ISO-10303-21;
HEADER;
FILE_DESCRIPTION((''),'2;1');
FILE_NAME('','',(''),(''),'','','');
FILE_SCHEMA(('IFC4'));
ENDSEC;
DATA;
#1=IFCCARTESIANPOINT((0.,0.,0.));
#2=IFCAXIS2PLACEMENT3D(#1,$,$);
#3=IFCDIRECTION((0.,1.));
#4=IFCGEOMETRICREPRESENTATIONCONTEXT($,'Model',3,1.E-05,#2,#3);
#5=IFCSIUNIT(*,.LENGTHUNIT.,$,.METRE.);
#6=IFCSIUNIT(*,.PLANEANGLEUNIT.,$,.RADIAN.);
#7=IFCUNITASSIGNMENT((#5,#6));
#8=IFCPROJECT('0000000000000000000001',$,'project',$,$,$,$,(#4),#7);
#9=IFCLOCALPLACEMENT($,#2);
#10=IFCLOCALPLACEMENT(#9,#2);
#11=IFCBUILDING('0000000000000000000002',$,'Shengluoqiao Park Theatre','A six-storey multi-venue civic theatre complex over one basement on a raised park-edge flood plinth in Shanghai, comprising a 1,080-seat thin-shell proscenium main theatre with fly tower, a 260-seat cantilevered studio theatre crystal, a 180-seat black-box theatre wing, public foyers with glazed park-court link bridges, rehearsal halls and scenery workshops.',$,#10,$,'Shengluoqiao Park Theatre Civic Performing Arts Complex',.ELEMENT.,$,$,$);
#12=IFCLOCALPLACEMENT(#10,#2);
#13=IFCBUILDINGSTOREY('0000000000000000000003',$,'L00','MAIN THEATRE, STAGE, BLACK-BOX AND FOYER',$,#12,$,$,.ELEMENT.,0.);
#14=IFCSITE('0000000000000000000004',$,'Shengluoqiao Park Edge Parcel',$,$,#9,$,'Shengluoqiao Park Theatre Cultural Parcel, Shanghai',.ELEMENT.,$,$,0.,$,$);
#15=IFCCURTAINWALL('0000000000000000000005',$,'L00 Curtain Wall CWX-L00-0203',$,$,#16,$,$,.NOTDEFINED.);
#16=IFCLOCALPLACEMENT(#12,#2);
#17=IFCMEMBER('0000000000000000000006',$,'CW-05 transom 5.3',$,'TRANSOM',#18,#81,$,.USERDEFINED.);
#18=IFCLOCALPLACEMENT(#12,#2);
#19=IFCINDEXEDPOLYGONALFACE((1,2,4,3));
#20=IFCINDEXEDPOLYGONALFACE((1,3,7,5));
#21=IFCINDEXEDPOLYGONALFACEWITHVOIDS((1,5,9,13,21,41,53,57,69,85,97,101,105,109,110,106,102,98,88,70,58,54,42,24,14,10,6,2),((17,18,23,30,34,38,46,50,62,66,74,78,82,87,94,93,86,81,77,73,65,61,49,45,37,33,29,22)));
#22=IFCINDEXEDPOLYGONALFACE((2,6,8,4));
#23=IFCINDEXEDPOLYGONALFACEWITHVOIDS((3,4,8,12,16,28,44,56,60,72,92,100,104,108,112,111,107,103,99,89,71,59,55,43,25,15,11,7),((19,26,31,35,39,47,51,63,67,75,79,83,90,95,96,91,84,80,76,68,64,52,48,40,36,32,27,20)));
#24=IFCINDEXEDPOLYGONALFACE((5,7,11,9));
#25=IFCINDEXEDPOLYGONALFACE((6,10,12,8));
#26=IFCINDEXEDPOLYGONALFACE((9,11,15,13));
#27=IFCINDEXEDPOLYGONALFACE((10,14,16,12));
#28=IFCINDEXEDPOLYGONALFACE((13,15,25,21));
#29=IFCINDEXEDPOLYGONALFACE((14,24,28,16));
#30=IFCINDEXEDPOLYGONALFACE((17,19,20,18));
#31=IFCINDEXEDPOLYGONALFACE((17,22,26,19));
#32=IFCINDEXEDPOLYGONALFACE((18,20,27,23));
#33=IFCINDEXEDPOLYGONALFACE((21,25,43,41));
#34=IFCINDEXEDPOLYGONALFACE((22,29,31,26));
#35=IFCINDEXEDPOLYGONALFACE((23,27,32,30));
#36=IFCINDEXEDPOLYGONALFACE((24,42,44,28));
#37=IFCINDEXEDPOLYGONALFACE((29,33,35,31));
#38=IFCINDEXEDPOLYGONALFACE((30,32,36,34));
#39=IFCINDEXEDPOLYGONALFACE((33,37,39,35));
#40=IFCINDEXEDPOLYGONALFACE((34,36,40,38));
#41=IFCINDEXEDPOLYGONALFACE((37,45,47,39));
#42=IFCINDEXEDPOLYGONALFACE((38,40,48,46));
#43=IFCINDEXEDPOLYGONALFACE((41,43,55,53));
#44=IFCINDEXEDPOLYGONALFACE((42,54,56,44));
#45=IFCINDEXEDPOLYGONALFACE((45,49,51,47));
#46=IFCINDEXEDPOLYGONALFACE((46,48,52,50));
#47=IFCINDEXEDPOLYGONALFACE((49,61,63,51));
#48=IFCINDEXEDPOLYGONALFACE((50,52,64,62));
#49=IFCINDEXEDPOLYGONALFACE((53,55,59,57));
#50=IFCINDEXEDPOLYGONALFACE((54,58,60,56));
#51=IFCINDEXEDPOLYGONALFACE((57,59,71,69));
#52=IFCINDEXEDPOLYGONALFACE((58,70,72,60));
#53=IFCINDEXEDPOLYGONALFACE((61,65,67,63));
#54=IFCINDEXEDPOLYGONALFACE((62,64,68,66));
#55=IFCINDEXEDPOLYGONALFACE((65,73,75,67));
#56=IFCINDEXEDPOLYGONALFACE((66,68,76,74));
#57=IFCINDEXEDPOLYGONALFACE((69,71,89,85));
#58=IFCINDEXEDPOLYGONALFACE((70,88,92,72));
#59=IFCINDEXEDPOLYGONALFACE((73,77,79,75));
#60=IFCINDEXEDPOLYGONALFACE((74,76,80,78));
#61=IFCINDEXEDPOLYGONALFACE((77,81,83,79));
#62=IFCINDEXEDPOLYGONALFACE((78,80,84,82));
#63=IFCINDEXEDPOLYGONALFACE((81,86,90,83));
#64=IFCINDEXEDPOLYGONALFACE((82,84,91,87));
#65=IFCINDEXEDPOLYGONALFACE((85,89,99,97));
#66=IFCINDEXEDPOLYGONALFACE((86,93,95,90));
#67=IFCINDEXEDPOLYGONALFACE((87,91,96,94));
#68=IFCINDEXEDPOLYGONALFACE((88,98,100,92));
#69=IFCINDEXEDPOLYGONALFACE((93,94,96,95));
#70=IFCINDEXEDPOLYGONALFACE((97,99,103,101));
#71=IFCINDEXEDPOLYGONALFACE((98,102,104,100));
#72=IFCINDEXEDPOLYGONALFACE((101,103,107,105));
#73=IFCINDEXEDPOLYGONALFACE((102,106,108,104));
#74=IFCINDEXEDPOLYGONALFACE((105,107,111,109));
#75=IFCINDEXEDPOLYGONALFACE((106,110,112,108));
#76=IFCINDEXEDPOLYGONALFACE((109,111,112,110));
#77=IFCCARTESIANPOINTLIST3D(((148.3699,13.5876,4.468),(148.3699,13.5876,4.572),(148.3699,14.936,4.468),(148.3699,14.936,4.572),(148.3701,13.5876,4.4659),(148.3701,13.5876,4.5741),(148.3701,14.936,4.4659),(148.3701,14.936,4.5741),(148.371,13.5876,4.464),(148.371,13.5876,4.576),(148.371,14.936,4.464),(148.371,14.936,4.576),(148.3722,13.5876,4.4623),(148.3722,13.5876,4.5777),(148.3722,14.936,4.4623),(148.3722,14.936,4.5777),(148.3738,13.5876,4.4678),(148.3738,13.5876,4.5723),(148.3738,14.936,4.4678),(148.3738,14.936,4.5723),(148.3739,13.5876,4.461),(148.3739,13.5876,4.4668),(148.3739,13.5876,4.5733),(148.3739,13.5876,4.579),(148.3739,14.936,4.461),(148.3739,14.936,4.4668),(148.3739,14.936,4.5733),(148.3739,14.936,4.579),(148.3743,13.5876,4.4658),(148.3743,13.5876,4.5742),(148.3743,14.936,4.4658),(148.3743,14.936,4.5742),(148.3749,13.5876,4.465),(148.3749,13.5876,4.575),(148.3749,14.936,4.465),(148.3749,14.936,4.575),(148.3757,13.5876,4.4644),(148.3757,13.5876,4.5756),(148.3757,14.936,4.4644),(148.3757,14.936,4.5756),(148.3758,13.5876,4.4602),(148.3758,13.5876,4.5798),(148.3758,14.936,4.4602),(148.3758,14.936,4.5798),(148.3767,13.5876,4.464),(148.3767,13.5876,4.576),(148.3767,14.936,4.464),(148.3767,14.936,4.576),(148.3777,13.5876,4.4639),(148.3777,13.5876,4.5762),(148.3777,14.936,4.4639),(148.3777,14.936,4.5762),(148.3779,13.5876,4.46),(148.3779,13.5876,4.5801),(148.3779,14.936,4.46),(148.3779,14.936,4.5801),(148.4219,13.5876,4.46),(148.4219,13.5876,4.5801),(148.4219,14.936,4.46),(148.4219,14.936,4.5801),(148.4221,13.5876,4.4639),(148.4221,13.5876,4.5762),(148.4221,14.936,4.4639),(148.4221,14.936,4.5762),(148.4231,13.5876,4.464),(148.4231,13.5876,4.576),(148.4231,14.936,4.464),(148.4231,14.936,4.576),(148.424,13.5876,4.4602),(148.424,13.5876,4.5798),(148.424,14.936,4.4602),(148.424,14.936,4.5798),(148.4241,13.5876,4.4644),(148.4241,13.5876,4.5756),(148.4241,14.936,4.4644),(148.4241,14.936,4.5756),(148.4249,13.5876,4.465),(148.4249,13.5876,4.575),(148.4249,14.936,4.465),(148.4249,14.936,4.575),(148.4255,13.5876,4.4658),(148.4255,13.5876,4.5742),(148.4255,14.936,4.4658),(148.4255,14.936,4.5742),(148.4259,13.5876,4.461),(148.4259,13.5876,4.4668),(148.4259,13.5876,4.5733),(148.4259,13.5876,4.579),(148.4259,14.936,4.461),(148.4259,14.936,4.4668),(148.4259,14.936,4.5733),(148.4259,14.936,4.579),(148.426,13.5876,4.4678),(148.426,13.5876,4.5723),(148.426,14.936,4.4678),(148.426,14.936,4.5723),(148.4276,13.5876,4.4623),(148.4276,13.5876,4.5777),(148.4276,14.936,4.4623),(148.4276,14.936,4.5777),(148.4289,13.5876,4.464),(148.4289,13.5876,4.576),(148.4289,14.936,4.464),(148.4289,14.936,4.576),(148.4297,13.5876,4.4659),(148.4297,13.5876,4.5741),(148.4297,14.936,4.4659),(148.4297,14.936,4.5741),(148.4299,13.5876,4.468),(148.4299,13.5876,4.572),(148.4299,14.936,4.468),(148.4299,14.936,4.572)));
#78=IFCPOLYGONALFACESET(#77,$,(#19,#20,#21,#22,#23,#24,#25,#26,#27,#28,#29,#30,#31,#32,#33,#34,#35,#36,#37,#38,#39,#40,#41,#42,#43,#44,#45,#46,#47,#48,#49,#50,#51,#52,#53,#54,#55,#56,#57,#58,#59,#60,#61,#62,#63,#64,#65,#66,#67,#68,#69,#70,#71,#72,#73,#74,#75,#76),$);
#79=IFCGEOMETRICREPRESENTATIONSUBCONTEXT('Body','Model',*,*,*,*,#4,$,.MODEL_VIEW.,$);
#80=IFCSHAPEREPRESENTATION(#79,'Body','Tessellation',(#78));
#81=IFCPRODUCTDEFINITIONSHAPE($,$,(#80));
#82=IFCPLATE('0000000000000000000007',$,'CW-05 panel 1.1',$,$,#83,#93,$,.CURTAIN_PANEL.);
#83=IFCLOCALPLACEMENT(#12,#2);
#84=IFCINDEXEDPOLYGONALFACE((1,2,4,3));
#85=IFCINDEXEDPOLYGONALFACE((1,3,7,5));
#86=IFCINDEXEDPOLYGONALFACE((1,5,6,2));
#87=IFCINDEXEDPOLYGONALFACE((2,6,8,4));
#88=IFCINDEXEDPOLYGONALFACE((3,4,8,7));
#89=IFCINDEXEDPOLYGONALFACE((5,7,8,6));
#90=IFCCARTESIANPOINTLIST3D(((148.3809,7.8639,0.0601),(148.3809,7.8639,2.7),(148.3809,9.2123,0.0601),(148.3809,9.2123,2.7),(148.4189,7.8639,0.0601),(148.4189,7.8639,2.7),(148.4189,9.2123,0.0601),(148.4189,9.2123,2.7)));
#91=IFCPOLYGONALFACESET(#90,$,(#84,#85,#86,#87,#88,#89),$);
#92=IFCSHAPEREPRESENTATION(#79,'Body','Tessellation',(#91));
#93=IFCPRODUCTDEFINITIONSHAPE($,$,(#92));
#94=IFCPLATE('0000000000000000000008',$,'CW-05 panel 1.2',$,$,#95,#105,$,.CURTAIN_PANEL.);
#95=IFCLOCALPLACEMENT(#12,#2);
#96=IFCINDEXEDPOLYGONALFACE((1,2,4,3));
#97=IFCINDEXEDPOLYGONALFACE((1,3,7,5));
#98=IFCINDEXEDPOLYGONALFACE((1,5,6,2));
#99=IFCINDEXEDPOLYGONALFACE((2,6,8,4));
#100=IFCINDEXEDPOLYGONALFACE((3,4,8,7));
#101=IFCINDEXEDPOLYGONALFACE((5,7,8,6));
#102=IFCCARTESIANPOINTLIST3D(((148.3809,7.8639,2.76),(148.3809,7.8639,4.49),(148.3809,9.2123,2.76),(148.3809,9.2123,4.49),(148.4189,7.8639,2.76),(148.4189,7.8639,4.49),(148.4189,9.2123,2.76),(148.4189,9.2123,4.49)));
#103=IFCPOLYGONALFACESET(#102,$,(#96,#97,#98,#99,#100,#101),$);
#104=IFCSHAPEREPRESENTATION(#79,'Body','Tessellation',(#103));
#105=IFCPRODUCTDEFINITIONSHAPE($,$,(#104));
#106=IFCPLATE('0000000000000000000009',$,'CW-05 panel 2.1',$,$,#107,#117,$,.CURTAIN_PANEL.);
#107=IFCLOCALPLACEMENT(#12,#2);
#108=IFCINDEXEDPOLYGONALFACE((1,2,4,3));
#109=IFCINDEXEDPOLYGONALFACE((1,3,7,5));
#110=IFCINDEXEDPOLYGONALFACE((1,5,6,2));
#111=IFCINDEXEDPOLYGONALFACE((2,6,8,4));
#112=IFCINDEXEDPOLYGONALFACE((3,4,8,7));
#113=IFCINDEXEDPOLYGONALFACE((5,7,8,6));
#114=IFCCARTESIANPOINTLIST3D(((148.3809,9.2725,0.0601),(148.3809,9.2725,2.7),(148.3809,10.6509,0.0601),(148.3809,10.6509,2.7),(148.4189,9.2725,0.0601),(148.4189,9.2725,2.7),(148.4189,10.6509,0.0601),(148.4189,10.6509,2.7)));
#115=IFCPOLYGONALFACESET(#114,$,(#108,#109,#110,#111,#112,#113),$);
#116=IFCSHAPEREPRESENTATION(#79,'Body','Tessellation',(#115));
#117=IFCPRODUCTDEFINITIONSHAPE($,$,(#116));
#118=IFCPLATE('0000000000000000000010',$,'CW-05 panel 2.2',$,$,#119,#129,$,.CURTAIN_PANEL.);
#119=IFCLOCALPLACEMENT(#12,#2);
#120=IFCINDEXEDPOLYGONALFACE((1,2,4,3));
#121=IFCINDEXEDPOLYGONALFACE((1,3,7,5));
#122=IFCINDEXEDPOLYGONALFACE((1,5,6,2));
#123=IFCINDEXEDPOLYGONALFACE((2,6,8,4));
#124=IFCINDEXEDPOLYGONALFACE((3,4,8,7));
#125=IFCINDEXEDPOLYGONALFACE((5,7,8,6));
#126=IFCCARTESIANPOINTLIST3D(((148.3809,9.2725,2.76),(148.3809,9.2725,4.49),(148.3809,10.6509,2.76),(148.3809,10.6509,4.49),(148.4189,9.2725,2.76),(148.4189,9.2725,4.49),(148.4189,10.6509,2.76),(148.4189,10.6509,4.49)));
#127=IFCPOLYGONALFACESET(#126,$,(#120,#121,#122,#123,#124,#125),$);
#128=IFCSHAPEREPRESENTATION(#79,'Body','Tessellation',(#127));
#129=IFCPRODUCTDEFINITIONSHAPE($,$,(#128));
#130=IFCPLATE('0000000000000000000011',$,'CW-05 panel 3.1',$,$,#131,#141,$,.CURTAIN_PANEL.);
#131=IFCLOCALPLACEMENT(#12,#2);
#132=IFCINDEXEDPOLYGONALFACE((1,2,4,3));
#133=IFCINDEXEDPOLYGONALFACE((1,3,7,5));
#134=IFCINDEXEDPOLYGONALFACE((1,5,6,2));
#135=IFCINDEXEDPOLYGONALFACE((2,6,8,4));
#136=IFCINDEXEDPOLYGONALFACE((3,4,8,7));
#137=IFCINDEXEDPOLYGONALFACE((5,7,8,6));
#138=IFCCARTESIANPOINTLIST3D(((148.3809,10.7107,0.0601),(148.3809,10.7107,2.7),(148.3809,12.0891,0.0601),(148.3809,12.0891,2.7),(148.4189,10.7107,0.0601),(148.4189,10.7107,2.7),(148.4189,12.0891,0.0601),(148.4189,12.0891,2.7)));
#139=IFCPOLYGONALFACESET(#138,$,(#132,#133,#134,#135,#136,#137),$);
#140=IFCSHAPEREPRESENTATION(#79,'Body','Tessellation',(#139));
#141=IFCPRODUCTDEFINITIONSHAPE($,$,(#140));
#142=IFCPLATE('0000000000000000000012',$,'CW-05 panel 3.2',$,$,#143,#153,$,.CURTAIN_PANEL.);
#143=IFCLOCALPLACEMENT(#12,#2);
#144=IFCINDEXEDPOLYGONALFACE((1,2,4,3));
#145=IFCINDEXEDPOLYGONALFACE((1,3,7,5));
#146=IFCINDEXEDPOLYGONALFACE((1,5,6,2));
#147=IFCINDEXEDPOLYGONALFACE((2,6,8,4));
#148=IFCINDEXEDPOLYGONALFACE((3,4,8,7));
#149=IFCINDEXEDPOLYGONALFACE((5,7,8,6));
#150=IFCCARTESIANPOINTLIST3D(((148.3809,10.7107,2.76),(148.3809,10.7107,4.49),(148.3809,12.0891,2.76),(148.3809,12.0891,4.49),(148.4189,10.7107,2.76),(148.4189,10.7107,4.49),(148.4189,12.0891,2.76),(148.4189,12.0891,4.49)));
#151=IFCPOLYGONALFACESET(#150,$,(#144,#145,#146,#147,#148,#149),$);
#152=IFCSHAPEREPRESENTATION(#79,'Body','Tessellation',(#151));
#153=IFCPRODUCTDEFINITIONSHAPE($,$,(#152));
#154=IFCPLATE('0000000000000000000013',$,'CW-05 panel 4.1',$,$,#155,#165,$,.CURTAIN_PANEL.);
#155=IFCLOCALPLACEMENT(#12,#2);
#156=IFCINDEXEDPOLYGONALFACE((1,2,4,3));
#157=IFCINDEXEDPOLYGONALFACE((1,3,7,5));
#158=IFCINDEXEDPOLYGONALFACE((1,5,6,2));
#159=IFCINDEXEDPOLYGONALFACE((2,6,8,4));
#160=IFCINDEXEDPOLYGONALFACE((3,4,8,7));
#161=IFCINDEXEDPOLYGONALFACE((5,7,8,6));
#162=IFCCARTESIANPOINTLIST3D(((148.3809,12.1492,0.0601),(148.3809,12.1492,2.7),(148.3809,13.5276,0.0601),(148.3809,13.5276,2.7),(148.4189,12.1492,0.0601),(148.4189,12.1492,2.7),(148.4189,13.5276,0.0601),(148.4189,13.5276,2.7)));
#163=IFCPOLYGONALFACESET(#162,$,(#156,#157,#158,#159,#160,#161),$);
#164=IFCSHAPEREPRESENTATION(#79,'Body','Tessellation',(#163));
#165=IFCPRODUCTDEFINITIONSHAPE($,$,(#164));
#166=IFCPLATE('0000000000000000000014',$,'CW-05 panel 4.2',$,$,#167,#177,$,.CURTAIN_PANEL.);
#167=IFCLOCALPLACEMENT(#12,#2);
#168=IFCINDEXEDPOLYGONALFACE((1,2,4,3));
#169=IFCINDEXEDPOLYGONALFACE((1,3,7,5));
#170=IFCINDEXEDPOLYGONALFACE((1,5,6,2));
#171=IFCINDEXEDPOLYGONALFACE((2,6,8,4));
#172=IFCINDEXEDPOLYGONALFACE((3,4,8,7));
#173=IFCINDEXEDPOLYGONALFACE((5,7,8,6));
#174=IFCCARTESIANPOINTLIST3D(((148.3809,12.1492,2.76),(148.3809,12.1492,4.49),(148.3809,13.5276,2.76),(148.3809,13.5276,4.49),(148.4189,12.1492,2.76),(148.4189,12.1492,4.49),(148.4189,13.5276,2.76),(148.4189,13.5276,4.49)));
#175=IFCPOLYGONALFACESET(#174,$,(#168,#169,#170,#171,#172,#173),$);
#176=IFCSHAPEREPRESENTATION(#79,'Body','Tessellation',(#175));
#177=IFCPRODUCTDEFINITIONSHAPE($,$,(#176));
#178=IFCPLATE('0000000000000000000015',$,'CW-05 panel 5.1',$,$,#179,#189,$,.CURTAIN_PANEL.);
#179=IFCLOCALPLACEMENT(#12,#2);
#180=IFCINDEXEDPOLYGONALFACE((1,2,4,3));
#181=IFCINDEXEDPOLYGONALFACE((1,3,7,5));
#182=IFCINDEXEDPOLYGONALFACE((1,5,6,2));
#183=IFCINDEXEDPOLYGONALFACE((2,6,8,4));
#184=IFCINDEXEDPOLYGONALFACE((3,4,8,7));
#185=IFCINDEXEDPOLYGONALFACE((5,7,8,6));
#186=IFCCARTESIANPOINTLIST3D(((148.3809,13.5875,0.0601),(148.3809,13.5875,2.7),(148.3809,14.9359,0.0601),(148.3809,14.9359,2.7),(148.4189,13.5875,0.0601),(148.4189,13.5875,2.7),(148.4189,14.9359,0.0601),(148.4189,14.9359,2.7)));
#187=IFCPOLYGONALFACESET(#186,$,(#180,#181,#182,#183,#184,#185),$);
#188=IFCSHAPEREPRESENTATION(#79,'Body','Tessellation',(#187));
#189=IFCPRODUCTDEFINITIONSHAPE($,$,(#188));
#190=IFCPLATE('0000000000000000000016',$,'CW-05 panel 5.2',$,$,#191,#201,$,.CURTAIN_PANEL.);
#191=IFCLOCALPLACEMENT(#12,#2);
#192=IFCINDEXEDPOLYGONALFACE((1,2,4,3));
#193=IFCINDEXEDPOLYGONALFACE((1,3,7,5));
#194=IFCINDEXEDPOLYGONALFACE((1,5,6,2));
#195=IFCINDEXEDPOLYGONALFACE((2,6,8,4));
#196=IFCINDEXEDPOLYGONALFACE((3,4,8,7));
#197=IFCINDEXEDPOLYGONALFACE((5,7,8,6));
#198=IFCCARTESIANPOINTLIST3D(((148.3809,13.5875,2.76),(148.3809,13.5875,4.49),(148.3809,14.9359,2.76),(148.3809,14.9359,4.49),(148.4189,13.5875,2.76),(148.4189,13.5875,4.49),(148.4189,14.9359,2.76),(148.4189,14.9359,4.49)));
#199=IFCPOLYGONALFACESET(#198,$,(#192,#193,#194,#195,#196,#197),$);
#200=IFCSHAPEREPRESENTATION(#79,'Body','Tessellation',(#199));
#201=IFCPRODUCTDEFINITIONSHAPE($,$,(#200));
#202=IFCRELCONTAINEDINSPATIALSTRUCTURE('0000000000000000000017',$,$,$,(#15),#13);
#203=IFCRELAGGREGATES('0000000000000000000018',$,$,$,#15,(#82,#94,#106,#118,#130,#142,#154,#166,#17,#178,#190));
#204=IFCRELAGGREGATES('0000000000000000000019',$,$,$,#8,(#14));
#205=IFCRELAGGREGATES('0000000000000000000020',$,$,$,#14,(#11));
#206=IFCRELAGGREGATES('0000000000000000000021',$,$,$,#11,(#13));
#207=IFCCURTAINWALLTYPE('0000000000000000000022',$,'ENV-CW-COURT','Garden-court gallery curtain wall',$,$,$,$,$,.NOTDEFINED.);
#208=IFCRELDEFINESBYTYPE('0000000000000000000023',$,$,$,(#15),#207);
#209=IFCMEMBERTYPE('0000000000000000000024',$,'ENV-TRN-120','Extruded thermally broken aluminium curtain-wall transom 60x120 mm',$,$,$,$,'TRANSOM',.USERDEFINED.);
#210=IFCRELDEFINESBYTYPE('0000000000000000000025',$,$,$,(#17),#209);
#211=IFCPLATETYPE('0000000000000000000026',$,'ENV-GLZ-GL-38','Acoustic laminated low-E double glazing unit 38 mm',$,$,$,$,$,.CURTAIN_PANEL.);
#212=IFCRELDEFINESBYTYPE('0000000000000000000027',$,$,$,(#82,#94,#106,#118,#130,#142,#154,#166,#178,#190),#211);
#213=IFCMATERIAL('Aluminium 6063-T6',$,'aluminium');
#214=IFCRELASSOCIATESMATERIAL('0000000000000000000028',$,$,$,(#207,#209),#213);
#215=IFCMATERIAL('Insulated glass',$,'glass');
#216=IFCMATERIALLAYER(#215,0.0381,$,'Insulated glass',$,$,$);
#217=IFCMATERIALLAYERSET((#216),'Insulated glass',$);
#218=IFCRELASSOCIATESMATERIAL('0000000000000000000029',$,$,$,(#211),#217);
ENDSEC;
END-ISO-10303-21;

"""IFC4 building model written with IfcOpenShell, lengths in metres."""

from ifc_helpers import new_model, si_unit, direction, frame, origin, origin_2d, place, context, subcontext, project, spatial, rectangle, hollow_rectangle, extrude, material, layer, layer_set, material_profile, profile_set, type_object, element, aggregate, save


model = new_model("IFC4")

# Units and contexts
model_context = context("Model", 3, precision=1e-05, world=origin(), true_north=direction((0.0, 1.0)))
body_context = subcontext(model_context, "Body", "Model", "MODEL_VIEW")
ifc_project = project(units=[si_unit("LENGTHUNIT", "METRE"), si_unit("PLANEANGLEUNIT", "RADIAN")], contexts=[model_context])

# Site, building, storey
site_placement = place(None, origin())
site = spatial("IfcSite", under=ifc_project, at=site_placement, Name="Shengluoqiao Park Edge Parcel", LongName="Shengluoqiao Park Theatre Cultural Parcel, Shanghai", CompositionType="ELEMENT", RefElevation=0.0)
building_placement = place(site_placement, origin())
building = spatial("IfcBuilding", under=site, at=building_placement, Name="Shengluoqiao Park Theatre", Description="A six-storey multi-venue civic theatre complex over one basement on a raised park-edge flood plinth in Shanghai, comprising a 1,080-seat thin-shell proscenium main theatre with fly tower, a 260-seat cantilevered studio theatre crystal, a 180-seat black-box theatre wing, public foyers with glazed park-court link bridges, rehearsal halls and scenery workshops.", LongName="Shengluoqiao Park Theatre Civic Performing Arts Complex", CompositionType="ELEMENT")
storey_placement = place(building_placement, origin())
storey = spatial("IfcBuildingStorey", under=building, at=storey_placement, Name="L00", Description="MAIN THEATRE, STAGE, BLACK-BOX AND FOYER", CompositionType="ELEMENT", Elevation=0.0)

# Curtain wall, member, plates
ifc_material_1 = material(Name="Aluminium 6063-T6", Category="aluminium")
curtain_wall_type = type_object("IfcCurtainWallType", Name="ENV-CW-COURT", Description="Garden-court gallery curtain wall", PredefinedType="NOTDEFINED", material=ifc_material_1)
curtain_wall_placement = place(storey_placement, origin())
curtain_wall = element("IfcCurtainWall", 1, at=curtain_wall_placement, inside=storey, type_object=curtain_wall_type, Name="L00 Curtain Wall CWX-L00-0203", PredefinedType="NOTDEFINED")
ifc_material_profile_1 = material_profile(ifc_material_1, hollow_rectangle(XDim=0.0601, YDim=0.1201, WallThickness=0.0039, InnerFilletRadius=0.0039, OuterFilletRadius=0.0081, at=origin_2d()), Name="ALU TRANSOM 120x60x4")
ifc_profile_set_1 = profile_set([ifc_material_profile_1], Name="Aluminium 6063-T6")
member_type_1 = type_object("IfcMemberType", Name="ENV-TRN-120", Description="Extruded thermally broken aluminium curtain-wall transom 60x120 mm", ElementType="TRANSOM", PredefinedType="USERDEFINED", material=ifc_profile_set_1)
member_1_placement = place(storey_placement, frame((148.3999, 13.5876, 4.52), z_axis=(0.0, 1.0, 0.0), x_axis=(-1.0, 0.0, 0.0)))
member_1 = element("IfcMember", 2, at=member_1_placement, type_object=member_type_1, Name="CW-05 transom 5.3", ObjectType="TRANSOM", PredefinedType="USERDEFINED", context=body_context, shape_type="SweptSolid", body=[
    extrude(hollow_rectangle(XDim=0.0601, YDim=0.1201, WallThickness=0.0039, InnerFilletRadius=0.0039, OuterFilletRadius=0.0081, at=origin_2d()), origin(), (0.0, 0.0, 1.0), 1.3484),
])
ifc_material_2 = material(Name="Insulated glass", Category="glass")
ifc_layer_1 = layer(ifc_material_2, 0.0381, Name="Insulated glass")
ifc_layer_set_1 = layer_set([ifc_layer_1], Name="Insulated glass")
plate_type = type_object("IfcPlateType", Name="ENV-GLZ-GL-38", Description="Acoustic laminated low-E double glazing unit 38 mm", PredefinedType="CURTAIN_PANEL", material=ifc_layer_set_1)
plate_1_placement = place(storey_placement, frame((148.3999, 8.5381, 0.0601), z_axis=(0.0, 0.0, 1.0), x_axis=(0.0, 1.0, 0.0)))
plate_1 = element("IfcPlate", 3, at=plate_1_placement, type_object=plate_type, Name="CW-05 panel 1.1", PredefinedType="CURTAIN_PANEL", context=body_context, shape_type="SweptSolid", body=[
    extrude(rectangle(XDim=1.3484, YDim=0.0381, at=origin_2d()), origin(), (0.0, 0.0, 1.0), 2.6399),
])
plate_2_placement = place(storey_placement, frame((148.3999, 8.5381, 2.76), z_axis=(0.0, 0.0, 1.0), x_axis=(0.0, 1.0, 0.0)))
plate_2 = element("IfcPlate", 4, at=plate_2_placement, type_object=plate_type, Name="CW-05 panel 1.2", PredefinedType="CURTAIN_PANEL", context=body_context, shape_type="SweptSolid", body=[
    extrude(rectangle(XDim=1.3484, YDim=0.0381, at=origin_2d()), origin(), (0.0, 0.0, 1.0), 1.73),
])
plate_3_placement = place(storey_placement, frame((148.3999, 9.9617, 0.0601), z_axis=(0.0, 0.0, 1.0), x_axis=(0.0, 1.0, 0.0)))
plate_3 = element("IfcPlate", 5, at=plate_3_placement, type_object=plate_type, Name="CW-05 panel 2.1", PredefinedType="CURTAIN_PANEL", context=body_context, shape_type="SweptSolid", body=[
    extrude(rectangle(XDim=1.3784, YDim=0.0381, at=origin_2d()), origin(), (0.0, 0.0, 1.0), 2.6399),
])
plate_4_placement = place(storey_placement, frame((148.3999, 9.9617, 2.76), z_axis=(0.0, 0.0, 1.0), x_axis=(0.0, 1.0, 0.0)))
plate_4 = element("IfcPlate", 6, at=plate_4_placement, type_object=plate_type, Name="CW-05 panel 2.2", PredefinedType="CURTAIN_PANEL", context=body_context, shape_type="SweptSolid", body=[
    extrude(rectangle(XDim=1.3784, YDim=0.0381, at=origin_2d()), origin(), (0.0, 0.0, 1.0), 1.73),
])
plate_5_placement = place(storey_placement, frame((148.3999, 11.3999, 0.0601), z_axis=(0.0, 0.0, 1.0), x_axis=(0.0, 1.0, 0.0)))
plate_5 = element("IfcPlate", 7, at=plate_5_placement, type_object=plate_type, Name="CW-05 panel 3.1", PredefinedType="CURTAIN_PANEL", context=body_context, shape_type="SweptSolid", body=[
    extrude(rectangle(XDim=1.3784, YDim=0.0381, at=origin_2d()), origin(), (0.0, 0.0, 1.0), 2.6399),
])
plate_6_placement = place(storey_placement, frame((148.3999, 11.3999, 2.76), z_axis=(0.0, 0.0, 1.0), x_axis=(0.0, 1.0, 0.0)))
plate_6 = element("IfcPlate", 8, at=plate_6_placement, type_object=plate_type, Name="CW-05 panel 3.2", PredefinedType="CURTAIN_PANEL", context=body_context, shape_type="SweptSolid", body=[
    extrude(rectangle(XDim=1.3784, YDim=0.0381, at=origin_2d()), origin(), (0.0, 0.0, 1.0), 1.73),
])
plate_7_placement = place(storey_placement, frame((148.3999, 12.8384, 0.0601), z_axis=(0.0, 0.0, 1.0), x_axis=(0.0, 1.0, 0.0)))
plate_7 = element("IfcPlate", 9, at=plate_7_placement, type_object=plate_type, Name="CW-05 panel 4.1", PredefinedType="CURTAIN_PANEL", context=body_context, shape_type="SweptSolid", body=[
    extrude(rectangle(XDim=1.3784, YDim=0.0381, at=origin_2d()), origin(), (0.0, 0.0, 1.0), 2.6399),
])
plate_8_placement = place(storey_placement, frame((148.3999, 12.8384, 2.76), z_axis=(0.0, 0.0, 1.0), x_axis=(0.0, 1.0, 0.0)))
plate_8 = element("IfcPlate", 10, at=plate_8_placement, type_object=plate_type, Name="CW-05 panel 4.2", PredefinedType="CURTAIN_PANEL", context=body_context, shape_type="SweptSolid", body=[
    extrude(rectangle(XDim=1.3784, YDim=0.0381, at=origin_2d()), origin(), (0.0, 0.0, 1.0), 1.73),
])
plate_9_placement = place(storey_placement, frame((148.3999, 14.2617, 0.0601), z_axis=(0.0, 0.0, 1.0), x_axis=(0.0, 1.0, 0.0)))
plate_9 = element("IfcPlate", 11, at=plate_9_placement, type_object=plate_type, Name="CW-05 panel 5.1", PredefinedType="CURTAIN_PANEL", context=body_context, shape_type="SweptSolid", body=[
    extrude(rectangle(XDim=1.3484, YDim=0.0381, at=origin_2d()), origin(), (0.0, 0.0, 1.0), 2.6399),
])
plate_10_placement = place(storey_placement, frame((148.3999, 14.2617, 2.76), z_axis=(0.0, 0.0, 1.0), x_axis=(0.0, 1.0, 0.0)))
plate_10 = element("IfcPlate", 12, at=plate_10_placement, type_object=plate_type, Name="CW-05 panel 5.2", PredefinedType="CURTAIN_PANEL", context=body_context, shape_type="SweptSolid", body=[
    extrude(rectangle(XDim=1.3484, YDim=0.0381, at=origin_2d()), origin(), (0.0, 0.0, 1.0), 1.73),
])
aggregate(curtain_wall, [plate_1, plate_2, plate_3, plate_4, plate_5, plate_6, plate_7, plate_8, member_1, plate_9, plate_10])

save(model, "model.ifc")
